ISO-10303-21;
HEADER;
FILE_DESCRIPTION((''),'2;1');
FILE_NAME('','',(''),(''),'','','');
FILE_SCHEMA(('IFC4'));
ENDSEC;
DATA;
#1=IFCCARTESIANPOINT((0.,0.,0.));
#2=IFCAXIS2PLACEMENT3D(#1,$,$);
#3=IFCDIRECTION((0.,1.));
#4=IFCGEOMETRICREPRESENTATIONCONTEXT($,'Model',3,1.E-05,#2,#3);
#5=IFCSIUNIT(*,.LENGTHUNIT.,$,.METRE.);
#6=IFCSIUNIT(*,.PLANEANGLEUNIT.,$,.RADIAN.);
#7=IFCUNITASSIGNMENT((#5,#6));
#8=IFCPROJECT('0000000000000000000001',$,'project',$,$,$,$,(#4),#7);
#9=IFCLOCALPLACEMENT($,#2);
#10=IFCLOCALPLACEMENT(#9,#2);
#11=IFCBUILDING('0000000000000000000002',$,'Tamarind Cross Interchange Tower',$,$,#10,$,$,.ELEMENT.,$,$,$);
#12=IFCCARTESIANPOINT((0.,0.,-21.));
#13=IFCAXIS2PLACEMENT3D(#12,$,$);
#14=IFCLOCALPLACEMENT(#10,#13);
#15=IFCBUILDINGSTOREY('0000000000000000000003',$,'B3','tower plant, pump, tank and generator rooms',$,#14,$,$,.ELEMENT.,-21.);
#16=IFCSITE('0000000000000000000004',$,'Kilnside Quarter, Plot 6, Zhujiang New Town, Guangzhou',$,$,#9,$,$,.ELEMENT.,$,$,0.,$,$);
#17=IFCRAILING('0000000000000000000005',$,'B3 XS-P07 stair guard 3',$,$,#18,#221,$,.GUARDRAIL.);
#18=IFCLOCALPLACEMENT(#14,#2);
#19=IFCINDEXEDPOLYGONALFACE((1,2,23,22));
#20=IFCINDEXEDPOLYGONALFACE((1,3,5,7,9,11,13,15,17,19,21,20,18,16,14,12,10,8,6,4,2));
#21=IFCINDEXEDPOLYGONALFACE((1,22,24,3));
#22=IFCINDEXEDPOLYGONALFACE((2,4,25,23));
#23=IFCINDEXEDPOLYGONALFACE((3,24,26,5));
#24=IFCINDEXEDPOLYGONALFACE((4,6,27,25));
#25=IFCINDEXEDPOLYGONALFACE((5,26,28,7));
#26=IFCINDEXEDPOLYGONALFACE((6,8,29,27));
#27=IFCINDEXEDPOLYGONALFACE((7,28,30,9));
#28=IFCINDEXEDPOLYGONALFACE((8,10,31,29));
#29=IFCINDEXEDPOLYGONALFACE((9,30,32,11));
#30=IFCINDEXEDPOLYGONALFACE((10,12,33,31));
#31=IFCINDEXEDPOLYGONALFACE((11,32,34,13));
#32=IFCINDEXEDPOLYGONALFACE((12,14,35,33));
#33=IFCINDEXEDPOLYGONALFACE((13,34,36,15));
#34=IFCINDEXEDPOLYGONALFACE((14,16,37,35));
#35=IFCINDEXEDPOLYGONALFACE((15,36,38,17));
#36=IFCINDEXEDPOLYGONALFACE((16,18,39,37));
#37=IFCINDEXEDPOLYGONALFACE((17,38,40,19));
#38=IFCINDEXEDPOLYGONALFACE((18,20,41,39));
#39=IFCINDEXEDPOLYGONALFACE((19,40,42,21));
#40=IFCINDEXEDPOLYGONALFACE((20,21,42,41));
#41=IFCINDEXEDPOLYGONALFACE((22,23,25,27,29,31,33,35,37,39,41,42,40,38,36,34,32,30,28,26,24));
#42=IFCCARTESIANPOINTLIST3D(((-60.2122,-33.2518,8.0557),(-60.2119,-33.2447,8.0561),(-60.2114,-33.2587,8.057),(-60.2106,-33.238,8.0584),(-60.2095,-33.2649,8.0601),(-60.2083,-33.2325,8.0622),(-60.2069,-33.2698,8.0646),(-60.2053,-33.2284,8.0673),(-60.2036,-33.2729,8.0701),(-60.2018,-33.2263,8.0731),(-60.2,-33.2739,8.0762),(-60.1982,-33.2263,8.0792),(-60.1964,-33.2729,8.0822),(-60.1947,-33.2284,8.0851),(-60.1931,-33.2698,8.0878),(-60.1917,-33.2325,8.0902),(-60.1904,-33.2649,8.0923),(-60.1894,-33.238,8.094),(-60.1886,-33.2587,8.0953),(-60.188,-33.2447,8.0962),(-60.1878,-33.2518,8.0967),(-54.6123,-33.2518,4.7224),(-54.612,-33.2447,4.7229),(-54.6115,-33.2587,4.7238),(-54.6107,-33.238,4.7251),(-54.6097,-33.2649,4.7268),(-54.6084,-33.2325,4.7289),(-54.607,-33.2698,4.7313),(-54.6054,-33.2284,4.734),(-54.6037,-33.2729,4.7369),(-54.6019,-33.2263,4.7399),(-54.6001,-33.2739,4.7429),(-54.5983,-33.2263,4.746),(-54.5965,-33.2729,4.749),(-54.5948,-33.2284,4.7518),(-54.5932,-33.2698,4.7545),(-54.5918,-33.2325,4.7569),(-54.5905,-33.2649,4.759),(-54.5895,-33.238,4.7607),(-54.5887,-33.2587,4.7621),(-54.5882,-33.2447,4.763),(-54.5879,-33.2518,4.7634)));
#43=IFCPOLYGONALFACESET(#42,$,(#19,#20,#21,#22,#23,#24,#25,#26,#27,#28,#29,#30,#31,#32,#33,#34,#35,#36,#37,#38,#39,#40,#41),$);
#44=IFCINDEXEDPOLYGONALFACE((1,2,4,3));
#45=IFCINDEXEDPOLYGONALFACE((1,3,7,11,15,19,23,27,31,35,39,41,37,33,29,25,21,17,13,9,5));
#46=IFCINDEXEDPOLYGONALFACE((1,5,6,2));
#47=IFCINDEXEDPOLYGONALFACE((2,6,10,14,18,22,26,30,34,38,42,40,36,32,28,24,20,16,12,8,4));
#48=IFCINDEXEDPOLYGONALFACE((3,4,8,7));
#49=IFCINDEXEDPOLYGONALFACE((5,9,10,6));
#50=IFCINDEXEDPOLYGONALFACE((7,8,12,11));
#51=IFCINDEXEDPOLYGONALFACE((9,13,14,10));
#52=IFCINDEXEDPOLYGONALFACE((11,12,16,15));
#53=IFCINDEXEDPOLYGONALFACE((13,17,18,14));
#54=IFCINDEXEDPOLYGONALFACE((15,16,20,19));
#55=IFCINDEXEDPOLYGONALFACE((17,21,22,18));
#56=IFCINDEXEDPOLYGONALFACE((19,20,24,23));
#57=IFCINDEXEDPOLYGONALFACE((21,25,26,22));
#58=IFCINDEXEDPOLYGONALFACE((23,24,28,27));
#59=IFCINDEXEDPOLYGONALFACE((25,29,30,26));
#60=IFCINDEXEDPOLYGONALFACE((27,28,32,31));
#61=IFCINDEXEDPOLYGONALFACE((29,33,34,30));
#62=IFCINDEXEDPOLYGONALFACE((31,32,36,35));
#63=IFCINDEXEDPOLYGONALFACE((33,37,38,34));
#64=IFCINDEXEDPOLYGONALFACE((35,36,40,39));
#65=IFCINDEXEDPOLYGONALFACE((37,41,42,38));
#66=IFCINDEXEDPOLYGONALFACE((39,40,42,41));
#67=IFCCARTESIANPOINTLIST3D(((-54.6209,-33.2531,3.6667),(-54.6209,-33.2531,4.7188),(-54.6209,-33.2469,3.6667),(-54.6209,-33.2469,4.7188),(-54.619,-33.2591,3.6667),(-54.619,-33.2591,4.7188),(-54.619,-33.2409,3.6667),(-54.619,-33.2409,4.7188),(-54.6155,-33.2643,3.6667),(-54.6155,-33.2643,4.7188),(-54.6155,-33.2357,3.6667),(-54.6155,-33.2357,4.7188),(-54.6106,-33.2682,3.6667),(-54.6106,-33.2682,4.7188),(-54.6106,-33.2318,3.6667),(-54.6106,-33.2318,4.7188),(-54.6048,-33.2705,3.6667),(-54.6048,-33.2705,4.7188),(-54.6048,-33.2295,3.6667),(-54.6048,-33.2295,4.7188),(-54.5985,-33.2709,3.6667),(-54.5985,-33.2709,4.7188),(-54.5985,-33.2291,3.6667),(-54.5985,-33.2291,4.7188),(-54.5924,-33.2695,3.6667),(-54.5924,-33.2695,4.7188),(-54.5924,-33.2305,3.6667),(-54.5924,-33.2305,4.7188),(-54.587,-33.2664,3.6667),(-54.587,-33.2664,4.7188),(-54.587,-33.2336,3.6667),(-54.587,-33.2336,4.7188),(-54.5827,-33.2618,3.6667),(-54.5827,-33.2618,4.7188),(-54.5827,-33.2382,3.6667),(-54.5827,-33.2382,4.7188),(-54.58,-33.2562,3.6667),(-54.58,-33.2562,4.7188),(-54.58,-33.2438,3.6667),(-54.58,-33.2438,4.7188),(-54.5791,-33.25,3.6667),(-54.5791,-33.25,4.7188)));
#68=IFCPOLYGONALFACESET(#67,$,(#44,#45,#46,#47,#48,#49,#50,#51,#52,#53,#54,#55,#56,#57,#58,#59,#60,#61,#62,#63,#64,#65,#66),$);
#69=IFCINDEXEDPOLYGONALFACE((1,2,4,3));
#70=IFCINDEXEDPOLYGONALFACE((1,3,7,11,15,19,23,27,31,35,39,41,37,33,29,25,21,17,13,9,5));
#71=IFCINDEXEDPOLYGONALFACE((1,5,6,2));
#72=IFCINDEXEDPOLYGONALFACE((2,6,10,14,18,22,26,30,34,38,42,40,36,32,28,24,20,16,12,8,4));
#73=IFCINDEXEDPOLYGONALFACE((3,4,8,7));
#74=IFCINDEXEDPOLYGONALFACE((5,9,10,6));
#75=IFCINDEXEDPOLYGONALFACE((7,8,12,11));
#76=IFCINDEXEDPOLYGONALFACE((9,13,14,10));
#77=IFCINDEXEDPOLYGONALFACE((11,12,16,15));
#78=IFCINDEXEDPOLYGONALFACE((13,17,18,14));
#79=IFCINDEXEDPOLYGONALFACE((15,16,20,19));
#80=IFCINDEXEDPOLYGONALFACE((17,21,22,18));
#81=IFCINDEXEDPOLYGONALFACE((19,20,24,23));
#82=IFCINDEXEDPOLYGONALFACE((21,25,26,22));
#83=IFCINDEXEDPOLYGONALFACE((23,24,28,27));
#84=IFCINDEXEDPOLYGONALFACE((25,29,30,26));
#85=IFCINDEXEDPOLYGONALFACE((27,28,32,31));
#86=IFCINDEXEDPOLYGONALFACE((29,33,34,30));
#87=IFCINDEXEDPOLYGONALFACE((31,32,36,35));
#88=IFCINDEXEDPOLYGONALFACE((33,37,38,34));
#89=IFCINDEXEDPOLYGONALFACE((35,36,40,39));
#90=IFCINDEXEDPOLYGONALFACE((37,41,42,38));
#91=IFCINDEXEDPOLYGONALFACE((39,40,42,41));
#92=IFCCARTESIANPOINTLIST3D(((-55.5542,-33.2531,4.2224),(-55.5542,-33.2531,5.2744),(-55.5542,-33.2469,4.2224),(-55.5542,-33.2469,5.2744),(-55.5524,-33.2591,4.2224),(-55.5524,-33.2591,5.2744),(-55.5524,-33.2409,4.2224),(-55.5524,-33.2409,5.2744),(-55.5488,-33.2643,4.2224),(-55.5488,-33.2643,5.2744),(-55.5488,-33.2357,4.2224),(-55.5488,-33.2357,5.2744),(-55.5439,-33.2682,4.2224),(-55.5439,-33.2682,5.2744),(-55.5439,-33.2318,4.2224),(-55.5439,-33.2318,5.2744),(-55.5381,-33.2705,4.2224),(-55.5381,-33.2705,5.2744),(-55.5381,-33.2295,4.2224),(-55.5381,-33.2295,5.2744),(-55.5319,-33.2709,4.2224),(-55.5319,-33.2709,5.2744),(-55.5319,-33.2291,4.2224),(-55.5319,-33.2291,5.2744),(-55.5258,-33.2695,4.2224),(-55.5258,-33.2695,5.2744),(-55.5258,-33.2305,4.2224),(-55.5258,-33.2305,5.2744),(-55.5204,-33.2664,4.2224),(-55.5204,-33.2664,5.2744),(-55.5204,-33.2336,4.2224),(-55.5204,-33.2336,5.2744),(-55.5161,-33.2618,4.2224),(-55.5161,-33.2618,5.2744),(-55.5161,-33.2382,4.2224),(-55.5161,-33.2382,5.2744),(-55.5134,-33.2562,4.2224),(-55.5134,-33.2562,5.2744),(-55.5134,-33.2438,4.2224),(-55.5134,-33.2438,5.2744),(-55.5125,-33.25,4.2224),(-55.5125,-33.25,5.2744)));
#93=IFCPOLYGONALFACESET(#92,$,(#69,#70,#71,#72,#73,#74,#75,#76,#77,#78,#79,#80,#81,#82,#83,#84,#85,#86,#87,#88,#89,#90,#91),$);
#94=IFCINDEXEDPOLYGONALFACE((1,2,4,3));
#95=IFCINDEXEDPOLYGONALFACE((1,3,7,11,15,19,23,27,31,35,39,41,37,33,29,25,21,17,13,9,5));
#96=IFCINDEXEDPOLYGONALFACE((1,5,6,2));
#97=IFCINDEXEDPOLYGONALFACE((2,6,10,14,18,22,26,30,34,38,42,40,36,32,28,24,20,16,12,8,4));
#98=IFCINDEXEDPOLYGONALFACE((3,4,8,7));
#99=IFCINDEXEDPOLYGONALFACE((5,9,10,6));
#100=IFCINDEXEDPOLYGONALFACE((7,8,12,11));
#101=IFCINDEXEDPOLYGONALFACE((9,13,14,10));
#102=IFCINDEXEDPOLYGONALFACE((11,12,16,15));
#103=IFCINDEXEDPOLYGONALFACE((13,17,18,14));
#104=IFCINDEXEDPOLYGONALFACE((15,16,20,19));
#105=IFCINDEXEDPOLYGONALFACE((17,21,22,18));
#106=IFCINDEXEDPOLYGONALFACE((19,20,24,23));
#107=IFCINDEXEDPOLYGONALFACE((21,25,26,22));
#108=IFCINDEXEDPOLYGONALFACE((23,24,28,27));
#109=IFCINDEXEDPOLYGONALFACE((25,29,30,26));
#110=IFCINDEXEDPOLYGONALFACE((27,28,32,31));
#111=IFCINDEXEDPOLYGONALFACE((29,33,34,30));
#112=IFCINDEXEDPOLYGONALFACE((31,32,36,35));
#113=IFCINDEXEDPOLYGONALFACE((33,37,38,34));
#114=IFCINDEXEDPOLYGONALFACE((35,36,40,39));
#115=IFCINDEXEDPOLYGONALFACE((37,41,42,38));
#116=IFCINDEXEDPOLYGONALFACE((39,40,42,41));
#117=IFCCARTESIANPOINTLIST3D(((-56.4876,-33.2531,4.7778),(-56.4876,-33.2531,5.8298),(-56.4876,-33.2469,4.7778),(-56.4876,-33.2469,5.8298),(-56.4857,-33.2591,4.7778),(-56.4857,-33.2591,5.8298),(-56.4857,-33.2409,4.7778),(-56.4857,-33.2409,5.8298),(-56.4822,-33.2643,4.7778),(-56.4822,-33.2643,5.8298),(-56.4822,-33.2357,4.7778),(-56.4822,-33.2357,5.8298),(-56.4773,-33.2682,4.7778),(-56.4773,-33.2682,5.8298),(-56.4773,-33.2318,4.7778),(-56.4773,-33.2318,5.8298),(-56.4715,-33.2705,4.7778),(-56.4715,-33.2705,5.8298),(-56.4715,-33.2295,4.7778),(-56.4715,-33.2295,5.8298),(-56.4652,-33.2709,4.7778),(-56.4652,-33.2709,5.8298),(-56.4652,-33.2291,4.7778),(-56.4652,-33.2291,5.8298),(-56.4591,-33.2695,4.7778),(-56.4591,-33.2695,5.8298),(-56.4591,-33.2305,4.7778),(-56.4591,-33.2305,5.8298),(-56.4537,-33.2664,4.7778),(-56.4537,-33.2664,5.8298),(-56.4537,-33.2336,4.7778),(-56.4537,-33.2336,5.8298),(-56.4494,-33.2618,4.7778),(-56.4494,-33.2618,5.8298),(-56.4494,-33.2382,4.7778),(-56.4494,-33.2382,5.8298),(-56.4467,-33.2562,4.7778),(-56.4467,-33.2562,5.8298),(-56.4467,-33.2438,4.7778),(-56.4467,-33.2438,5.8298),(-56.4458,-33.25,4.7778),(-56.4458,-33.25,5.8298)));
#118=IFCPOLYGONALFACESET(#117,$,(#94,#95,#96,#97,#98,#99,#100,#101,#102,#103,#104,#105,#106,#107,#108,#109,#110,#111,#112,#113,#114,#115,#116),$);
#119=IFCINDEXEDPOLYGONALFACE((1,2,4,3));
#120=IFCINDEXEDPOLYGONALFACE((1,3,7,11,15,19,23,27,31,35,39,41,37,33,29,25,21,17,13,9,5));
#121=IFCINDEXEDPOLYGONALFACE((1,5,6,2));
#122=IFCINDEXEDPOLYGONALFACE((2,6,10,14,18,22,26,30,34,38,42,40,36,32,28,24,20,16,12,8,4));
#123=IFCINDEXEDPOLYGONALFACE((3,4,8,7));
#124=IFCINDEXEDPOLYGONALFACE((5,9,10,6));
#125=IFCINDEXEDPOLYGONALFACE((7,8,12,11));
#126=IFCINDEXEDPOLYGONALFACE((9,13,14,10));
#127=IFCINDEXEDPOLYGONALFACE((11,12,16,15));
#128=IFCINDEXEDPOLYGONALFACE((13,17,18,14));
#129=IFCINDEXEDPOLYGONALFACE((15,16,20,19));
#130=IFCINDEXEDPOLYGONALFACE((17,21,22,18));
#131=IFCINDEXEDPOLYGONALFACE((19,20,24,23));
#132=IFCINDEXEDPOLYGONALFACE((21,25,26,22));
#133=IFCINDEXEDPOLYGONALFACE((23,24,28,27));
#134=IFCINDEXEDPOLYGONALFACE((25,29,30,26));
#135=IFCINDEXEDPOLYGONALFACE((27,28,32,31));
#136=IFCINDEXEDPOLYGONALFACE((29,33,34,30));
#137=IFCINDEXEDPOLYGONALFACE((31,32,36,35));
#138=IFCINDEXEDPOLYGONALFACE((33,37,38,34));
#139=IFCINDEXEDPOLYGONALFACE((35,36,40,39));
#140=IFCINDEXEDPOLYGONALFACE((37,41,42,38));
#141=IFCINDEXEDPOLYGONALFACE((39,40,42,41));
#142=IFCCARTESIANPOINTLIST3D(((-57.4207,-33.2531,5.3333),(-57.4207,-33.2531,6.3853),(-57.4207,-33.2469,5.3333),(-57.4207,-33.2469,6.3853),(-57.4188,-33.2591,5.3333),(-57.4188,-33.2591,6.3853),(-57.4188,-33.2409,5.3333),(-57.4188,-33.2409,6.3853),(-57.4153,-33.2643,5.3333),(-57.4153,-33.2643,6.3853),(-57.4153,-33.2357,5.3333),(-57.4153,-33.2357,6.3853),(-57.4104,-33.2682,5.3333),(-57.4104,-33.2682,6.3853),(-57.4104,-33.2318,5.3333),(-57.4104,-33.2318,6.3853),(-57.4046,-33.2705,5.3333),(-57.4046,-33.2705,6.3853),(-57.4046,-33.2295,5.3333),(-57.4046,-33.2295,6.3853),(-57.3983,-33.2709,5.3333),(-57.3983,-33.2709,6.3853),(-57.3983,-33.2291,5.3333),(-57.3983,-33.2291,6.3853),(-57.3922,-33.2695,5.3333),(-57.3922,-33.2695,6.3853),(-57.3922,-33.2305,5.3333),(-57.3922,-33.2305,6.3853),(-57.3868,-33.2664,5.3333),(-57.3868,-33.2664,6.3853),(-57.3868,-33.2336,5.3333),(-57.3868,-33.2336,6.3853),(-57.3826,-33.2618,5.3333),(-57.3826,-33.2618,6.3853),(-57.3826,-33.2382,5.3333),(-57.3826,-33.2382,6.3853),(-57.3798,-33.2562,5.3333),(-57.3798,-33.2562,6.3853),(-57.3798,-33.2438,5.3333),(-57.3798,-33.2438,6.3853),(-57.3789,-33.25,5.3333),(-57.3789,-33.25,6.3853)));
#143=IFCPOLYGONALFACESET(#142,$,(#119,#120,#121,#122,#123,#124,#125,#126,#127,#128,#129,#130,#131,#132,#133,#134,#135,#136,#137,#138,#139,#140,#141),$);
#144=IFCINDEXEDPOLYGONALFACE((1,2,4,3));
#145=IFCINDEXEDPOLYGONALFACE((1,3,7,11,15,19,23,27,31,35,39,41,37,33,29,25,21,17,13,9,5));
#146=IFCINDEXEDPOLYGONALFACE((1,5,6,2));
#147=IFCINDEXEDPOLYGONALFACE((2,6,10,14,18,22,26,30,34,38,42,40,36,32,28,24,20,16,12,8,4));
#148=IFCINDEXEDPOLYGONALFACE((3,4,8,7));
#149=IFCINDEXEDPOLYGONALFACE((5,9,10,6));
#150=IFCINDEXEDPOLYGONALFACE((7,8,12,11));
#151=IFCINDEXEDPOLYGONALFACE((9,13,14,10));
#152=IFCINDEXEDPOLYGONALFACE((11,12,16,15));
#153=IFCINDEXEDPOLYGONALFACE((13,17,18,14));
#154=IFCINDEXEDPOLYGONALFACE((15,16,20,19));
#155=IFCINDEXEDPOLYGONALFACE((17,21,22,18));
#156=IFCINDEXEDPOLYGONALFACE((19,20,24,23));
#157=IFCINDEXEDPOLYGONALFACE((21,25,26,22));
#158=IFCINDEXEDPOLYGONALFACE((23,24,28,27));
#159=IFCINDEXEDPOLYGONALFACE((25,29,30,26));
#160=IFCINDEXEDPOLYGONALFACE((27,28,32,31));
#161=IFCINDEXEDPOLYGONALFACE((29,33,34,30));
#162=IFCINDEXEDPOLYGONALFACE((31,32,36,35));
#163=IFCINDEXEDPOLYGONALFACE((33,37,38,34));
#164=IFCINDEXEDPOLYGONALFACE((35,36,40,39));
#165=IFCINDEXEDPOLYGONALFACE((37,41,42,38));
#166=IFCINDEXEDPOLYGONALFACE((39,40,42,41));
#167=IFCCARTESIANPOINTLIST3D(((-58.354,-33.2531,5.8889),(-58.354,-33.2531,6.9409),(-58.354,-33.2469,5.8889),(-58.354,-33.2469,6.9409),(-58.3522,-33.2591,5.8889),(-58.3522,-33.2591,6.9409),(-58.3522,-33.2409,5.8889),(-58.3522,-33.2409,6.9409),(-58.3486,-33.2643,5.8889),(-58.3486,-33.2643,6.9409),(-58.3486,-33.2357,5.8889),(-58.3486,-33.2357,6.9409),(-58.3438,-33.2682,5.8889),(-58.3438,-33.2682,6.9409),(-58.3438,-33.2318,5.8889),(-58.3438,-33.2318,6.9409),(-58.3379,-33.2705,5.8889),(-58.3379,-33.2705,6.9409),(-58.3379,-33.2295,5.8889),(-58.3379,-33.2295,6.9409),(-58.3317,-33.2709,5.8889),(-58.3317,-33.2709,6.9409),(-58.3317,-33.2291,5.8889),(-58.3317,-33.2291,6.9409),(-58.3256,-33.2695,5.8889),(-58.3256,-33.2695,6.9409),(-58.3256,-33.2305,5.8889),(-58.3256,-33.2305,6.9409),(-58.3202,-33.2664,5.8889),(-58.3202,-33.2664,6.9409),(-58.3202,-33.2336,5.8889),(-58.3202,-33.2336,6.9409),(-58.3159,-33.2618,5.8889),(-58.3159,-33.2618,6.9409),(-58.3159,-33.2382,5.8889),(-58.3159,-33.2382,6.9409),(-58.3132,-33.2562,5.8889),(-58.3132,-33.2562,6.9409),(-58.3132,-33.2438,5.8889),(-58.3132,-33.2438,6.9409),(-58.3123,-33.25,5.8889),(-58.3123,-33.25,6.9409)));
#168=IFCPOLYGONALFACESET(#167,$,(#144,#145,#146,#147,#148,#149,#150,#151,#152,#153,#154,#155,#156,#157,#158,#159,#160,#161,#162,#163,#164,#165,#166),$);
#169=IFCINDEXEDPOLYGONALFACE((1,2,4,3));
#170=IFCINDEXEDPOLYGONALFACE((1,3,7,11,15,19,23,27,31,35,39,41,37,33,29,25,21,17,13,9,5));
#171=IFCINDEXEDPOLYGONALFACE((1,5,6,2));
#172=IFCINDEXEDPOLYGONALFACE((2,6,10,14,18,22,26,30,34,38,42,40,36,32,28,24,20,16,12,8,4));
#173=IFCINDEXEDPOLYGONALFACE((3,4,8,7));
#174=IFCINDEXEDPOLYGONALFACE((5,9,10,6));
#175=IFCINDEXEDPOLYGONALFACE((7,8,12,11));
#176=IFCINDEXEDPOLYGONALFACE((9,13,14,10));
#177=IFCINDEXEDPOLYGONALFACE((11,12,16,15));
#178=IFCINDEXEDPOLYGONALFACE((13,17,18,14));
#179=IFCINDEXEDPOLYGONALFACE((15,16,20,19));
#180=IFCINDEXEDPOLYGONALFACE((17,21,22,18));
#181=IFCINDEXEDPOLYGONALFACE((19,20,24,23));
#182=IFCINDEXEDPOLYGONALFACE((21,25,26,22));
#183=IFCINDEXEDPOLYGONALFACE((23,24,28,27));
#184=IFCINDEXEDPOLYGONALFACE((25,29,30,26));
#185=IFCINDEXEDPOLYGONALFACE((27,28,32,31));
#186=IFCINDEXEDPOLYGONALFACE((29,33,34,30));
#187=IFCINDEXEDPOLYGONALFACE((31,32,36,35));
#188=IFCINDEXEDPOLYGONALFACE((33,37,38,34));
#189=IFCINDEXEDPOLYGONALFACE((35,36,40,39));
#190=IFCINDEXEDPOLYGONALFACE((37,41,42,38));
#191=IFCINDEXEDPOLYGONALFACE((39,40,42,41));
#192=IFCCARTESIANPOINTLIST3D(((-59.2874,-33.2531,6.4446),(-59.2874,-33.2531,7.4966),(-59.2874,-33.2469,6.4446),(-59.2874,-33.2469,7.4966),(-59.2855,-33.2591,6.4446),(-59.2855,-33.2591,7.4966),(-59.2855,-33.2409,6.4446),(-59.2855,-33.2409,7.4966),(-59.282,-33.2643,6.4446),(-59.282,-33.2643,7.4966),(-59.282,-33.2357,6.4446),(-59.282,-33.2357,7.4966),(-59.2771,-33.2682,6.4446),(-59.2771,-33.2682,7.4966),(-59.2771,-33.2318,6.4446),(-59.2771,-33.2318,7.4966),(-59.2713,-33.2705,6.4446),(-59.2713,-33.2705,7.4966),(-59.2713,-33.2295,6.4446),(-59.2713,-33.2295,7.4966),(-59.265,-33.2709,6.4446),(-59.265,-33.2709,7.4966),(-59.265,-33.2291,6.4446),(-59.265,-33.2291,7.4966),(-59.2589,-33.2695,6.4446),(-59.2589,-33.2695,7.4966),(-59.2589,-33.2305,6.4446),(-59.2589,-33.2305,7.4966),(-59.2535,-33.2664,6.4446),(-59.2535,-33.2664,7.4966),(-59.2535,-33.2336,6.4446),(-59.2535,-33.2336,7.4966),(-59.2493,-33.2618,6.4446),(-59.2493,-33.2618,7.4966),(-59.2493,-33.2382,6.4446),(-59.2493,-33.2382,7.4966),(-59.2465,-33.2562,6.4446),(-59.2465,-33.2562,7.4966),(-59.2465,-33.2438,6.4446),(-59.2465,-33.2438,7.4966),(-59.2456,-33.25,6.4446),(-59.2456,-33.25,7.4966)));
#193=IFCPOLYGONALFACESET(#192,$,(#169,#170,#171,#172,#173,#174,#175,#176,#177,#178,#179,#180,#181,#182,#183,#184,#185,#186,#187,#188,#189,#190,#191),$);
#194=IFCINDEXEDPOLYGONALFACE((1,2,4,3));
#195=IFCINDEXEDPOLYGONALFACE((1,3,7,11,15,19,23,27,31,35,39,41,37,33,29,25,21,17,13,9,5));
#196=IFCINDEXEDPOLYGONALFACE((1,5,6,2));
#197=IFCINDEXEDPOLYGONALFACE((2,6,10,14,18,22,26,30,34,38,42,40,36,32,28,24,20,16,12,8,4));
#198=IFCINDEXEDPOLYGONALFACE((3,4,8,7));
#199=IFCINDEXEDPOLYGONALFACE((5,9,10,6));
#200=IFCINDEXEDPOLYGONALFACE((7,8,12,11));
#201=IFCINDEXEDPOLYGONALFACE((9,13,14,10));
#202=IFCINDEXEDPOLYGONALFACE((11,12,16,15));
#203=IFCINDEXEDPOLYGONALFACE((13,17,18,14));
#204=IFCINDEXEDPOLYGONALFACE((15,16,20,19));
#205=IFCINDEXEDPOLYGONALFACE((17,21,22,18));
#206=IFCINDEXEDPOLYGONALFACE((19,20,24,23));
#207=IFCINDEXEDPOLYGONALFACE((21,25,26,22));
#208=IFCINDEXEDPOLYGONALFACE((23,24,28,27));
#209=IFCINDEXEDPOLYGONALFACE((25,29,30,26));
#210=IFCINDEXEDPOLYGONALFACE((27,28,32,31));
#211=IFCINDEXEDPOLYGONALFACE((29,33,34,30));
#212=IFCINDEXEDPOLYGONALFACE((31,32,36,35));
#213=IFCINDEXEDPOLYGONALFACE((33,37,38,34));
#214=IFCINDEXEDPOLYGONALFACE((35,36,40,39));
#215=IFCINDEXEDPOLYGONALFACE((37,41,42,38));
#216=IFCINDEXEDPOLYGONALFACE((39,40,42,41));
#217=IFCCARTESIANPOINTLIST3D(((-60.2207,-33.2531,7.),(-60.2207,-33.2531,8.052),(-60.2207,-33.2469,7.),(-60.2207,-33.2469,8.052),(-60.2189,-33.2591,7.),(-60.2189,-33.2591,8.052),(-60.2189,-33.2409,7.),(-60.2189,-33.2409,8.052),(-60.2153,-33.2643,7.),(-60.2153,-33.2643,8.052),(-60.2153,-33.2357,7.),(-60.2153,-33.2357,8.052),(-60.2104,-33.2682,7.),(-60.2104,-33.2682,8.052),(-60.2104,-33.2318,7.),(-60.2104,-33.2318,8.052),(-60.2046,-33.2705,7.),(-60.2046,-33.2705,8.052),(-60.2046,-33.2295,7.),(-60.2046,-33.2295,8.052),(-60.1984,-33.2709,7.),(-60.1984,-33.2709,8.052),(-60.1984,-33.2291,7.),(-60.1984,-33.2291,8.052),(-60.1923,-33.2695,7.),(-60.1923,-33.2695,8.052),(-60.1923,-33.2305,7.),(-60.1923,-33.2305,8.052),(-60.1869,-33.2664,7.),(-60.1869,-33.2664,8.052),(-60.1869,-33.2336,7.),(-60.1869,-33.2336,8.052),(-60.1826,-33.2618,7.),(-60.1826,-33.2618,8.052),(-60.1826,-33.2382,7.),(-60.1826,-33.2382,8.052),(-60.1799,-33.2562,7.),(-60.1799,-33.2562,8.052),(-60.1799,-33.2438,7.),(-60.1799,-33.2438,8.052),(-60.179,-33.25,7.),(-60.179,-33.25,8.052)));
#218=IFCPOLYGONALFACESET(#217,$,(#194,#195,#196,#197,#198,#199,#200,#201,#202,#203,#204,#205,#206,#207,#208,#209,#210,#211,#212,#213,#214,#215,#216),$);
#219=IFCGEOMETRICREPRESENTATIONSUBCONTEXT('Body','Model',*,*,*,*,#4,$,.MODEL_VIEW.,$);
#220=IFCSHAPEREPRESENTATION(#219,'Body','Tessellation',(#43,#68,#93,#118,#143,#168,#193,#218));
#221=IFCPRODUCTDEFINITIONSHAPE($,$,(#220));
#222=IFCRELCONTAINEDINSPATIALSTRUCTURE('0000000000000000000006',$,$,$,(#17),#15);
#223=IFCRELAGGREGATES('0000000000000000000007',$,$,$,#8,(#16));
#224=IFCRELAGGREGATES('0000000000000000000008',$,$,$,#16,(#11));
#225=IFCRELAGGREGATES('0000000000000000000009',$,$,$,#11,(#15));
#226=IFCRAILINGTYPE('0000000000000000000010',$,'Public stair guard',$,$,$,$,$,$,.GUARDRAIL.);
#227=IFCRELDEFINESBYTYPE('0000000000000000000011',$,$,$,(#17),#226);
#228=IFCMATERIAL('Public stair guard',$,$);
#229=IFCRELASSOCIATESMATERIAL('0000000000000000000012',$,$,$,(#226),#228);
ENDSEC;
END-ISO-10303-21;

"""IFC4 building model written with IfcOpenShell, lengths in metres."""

from ifc_helpers import new_model, si_unit, direction, frame, origin, origin_2d, place, context, subcontext, project, spatial, circle, extrude, material, type_object, element, save


model = new_model("IFC4")

# Units and contexts
model_context = context("Model", 3, precision=1e-05, world=origin(), true_north=direction((0.0, 1.0)))
body_context = subcontext(model_context, "Body", "Model", "MODEL_VIEW")
ifc_project = project(units=[si_unit("LENGTHUNIT", "METRE"), si_unit("PLANEANGLEUNIT", "RADIAN")], contexts=[model_context])

# Site, building, storey
site_placement = place(None, origin())
site = spatial("IfcSite", under=ifc_project, at=site_placement, Name="Kilnside Quarter, Plot 6, Zhujiang New Town, Guangzhou", CompositionType="ELEMENT", RefElevation=0.0)
building_placement = place(site_placement, origin())
building = spatial("IfcBuilding", under=site, at=building_placement, Name="Tamarind Cross Interchange Tower", CompositionType="ELEMENT")
storey_placement = place(building_placement, frame((0.0, 0.0, -21.0)))
storey = spatial("IfcBuildingStorey", under=building, at=storey_placement, Name="B3", Description="tower plant, pump, tank and generator rooms", CompositionType="ELEMENT", Elevation=-21.0)

# Railing
ifc_material_1 = material(Name="Public stair guard")
railing_type_1 = type_object("IfcRailingType", Name="Public stair guard", PredefinedType="GUARDRAIL", material=ifc_material_1)
railing_1_placement = place(storey_placement, frame((-54.6001, -33.25, 3.6667)))
element("IfcRailing", 1, at=railing_1_placement, inside=storey, type_object=railing_type_1, Name="B3 XS-P07 stair guard 3", PredefinedType="GUARDRAIL", context=body_context, shape_type="SweptSolid", body=[
    extrude(circle(Radius=0.0239, at=origin_2d()), frame((0.0, 0.0, 1.0762), z_axis=(-0.859292, 0.0, 0.511485), x_axis=(0.0, -1.0, 0.0)), (0.0, 0.0, 1.0), 6.5168),
    extrude(circle(Radius=0.021, at=origin_2d()), origin(), (0.0, 0.0, 1.0), 1.052),
    extrude(circle(Radius=0.021, at=origin_2d()), frame((-0.9333, 0.0, 0.5557)), (0.0, 0.0, 1.0), 1.052),
    extrude(circle(Radius=0.021, at=origin_2d()), frame((-1.8667, 0.0, 1.1111)), (0.0, 0.0, 1.0), 1.052),
    extrude(circle(Radius=0.021, at=origin_2d()), frame((-2.7998, 0.0, 1.6665)), (0.0, 0.0, 1.0), 1.052),
    extrude(circle(Radius=0.021, at=origin_2d()), frame((-3.7332, 0.0, 2.2222)), (0.0, 0.0, 1.0), 1.052),
    extrude(circle(Radius=0.021, at=origin_2d()), frame((-4.6665, 0.0, 2.7778)), (0.0, 0.0, 1.0), 1.052),
    extrude(circle(Radius=0.021, at=origin_2d()), frame((-5.5999, 0.0, 3.3333)), (0.0, 0.0, 1.0), 1.052),
])

save(model, "model.ifc")
